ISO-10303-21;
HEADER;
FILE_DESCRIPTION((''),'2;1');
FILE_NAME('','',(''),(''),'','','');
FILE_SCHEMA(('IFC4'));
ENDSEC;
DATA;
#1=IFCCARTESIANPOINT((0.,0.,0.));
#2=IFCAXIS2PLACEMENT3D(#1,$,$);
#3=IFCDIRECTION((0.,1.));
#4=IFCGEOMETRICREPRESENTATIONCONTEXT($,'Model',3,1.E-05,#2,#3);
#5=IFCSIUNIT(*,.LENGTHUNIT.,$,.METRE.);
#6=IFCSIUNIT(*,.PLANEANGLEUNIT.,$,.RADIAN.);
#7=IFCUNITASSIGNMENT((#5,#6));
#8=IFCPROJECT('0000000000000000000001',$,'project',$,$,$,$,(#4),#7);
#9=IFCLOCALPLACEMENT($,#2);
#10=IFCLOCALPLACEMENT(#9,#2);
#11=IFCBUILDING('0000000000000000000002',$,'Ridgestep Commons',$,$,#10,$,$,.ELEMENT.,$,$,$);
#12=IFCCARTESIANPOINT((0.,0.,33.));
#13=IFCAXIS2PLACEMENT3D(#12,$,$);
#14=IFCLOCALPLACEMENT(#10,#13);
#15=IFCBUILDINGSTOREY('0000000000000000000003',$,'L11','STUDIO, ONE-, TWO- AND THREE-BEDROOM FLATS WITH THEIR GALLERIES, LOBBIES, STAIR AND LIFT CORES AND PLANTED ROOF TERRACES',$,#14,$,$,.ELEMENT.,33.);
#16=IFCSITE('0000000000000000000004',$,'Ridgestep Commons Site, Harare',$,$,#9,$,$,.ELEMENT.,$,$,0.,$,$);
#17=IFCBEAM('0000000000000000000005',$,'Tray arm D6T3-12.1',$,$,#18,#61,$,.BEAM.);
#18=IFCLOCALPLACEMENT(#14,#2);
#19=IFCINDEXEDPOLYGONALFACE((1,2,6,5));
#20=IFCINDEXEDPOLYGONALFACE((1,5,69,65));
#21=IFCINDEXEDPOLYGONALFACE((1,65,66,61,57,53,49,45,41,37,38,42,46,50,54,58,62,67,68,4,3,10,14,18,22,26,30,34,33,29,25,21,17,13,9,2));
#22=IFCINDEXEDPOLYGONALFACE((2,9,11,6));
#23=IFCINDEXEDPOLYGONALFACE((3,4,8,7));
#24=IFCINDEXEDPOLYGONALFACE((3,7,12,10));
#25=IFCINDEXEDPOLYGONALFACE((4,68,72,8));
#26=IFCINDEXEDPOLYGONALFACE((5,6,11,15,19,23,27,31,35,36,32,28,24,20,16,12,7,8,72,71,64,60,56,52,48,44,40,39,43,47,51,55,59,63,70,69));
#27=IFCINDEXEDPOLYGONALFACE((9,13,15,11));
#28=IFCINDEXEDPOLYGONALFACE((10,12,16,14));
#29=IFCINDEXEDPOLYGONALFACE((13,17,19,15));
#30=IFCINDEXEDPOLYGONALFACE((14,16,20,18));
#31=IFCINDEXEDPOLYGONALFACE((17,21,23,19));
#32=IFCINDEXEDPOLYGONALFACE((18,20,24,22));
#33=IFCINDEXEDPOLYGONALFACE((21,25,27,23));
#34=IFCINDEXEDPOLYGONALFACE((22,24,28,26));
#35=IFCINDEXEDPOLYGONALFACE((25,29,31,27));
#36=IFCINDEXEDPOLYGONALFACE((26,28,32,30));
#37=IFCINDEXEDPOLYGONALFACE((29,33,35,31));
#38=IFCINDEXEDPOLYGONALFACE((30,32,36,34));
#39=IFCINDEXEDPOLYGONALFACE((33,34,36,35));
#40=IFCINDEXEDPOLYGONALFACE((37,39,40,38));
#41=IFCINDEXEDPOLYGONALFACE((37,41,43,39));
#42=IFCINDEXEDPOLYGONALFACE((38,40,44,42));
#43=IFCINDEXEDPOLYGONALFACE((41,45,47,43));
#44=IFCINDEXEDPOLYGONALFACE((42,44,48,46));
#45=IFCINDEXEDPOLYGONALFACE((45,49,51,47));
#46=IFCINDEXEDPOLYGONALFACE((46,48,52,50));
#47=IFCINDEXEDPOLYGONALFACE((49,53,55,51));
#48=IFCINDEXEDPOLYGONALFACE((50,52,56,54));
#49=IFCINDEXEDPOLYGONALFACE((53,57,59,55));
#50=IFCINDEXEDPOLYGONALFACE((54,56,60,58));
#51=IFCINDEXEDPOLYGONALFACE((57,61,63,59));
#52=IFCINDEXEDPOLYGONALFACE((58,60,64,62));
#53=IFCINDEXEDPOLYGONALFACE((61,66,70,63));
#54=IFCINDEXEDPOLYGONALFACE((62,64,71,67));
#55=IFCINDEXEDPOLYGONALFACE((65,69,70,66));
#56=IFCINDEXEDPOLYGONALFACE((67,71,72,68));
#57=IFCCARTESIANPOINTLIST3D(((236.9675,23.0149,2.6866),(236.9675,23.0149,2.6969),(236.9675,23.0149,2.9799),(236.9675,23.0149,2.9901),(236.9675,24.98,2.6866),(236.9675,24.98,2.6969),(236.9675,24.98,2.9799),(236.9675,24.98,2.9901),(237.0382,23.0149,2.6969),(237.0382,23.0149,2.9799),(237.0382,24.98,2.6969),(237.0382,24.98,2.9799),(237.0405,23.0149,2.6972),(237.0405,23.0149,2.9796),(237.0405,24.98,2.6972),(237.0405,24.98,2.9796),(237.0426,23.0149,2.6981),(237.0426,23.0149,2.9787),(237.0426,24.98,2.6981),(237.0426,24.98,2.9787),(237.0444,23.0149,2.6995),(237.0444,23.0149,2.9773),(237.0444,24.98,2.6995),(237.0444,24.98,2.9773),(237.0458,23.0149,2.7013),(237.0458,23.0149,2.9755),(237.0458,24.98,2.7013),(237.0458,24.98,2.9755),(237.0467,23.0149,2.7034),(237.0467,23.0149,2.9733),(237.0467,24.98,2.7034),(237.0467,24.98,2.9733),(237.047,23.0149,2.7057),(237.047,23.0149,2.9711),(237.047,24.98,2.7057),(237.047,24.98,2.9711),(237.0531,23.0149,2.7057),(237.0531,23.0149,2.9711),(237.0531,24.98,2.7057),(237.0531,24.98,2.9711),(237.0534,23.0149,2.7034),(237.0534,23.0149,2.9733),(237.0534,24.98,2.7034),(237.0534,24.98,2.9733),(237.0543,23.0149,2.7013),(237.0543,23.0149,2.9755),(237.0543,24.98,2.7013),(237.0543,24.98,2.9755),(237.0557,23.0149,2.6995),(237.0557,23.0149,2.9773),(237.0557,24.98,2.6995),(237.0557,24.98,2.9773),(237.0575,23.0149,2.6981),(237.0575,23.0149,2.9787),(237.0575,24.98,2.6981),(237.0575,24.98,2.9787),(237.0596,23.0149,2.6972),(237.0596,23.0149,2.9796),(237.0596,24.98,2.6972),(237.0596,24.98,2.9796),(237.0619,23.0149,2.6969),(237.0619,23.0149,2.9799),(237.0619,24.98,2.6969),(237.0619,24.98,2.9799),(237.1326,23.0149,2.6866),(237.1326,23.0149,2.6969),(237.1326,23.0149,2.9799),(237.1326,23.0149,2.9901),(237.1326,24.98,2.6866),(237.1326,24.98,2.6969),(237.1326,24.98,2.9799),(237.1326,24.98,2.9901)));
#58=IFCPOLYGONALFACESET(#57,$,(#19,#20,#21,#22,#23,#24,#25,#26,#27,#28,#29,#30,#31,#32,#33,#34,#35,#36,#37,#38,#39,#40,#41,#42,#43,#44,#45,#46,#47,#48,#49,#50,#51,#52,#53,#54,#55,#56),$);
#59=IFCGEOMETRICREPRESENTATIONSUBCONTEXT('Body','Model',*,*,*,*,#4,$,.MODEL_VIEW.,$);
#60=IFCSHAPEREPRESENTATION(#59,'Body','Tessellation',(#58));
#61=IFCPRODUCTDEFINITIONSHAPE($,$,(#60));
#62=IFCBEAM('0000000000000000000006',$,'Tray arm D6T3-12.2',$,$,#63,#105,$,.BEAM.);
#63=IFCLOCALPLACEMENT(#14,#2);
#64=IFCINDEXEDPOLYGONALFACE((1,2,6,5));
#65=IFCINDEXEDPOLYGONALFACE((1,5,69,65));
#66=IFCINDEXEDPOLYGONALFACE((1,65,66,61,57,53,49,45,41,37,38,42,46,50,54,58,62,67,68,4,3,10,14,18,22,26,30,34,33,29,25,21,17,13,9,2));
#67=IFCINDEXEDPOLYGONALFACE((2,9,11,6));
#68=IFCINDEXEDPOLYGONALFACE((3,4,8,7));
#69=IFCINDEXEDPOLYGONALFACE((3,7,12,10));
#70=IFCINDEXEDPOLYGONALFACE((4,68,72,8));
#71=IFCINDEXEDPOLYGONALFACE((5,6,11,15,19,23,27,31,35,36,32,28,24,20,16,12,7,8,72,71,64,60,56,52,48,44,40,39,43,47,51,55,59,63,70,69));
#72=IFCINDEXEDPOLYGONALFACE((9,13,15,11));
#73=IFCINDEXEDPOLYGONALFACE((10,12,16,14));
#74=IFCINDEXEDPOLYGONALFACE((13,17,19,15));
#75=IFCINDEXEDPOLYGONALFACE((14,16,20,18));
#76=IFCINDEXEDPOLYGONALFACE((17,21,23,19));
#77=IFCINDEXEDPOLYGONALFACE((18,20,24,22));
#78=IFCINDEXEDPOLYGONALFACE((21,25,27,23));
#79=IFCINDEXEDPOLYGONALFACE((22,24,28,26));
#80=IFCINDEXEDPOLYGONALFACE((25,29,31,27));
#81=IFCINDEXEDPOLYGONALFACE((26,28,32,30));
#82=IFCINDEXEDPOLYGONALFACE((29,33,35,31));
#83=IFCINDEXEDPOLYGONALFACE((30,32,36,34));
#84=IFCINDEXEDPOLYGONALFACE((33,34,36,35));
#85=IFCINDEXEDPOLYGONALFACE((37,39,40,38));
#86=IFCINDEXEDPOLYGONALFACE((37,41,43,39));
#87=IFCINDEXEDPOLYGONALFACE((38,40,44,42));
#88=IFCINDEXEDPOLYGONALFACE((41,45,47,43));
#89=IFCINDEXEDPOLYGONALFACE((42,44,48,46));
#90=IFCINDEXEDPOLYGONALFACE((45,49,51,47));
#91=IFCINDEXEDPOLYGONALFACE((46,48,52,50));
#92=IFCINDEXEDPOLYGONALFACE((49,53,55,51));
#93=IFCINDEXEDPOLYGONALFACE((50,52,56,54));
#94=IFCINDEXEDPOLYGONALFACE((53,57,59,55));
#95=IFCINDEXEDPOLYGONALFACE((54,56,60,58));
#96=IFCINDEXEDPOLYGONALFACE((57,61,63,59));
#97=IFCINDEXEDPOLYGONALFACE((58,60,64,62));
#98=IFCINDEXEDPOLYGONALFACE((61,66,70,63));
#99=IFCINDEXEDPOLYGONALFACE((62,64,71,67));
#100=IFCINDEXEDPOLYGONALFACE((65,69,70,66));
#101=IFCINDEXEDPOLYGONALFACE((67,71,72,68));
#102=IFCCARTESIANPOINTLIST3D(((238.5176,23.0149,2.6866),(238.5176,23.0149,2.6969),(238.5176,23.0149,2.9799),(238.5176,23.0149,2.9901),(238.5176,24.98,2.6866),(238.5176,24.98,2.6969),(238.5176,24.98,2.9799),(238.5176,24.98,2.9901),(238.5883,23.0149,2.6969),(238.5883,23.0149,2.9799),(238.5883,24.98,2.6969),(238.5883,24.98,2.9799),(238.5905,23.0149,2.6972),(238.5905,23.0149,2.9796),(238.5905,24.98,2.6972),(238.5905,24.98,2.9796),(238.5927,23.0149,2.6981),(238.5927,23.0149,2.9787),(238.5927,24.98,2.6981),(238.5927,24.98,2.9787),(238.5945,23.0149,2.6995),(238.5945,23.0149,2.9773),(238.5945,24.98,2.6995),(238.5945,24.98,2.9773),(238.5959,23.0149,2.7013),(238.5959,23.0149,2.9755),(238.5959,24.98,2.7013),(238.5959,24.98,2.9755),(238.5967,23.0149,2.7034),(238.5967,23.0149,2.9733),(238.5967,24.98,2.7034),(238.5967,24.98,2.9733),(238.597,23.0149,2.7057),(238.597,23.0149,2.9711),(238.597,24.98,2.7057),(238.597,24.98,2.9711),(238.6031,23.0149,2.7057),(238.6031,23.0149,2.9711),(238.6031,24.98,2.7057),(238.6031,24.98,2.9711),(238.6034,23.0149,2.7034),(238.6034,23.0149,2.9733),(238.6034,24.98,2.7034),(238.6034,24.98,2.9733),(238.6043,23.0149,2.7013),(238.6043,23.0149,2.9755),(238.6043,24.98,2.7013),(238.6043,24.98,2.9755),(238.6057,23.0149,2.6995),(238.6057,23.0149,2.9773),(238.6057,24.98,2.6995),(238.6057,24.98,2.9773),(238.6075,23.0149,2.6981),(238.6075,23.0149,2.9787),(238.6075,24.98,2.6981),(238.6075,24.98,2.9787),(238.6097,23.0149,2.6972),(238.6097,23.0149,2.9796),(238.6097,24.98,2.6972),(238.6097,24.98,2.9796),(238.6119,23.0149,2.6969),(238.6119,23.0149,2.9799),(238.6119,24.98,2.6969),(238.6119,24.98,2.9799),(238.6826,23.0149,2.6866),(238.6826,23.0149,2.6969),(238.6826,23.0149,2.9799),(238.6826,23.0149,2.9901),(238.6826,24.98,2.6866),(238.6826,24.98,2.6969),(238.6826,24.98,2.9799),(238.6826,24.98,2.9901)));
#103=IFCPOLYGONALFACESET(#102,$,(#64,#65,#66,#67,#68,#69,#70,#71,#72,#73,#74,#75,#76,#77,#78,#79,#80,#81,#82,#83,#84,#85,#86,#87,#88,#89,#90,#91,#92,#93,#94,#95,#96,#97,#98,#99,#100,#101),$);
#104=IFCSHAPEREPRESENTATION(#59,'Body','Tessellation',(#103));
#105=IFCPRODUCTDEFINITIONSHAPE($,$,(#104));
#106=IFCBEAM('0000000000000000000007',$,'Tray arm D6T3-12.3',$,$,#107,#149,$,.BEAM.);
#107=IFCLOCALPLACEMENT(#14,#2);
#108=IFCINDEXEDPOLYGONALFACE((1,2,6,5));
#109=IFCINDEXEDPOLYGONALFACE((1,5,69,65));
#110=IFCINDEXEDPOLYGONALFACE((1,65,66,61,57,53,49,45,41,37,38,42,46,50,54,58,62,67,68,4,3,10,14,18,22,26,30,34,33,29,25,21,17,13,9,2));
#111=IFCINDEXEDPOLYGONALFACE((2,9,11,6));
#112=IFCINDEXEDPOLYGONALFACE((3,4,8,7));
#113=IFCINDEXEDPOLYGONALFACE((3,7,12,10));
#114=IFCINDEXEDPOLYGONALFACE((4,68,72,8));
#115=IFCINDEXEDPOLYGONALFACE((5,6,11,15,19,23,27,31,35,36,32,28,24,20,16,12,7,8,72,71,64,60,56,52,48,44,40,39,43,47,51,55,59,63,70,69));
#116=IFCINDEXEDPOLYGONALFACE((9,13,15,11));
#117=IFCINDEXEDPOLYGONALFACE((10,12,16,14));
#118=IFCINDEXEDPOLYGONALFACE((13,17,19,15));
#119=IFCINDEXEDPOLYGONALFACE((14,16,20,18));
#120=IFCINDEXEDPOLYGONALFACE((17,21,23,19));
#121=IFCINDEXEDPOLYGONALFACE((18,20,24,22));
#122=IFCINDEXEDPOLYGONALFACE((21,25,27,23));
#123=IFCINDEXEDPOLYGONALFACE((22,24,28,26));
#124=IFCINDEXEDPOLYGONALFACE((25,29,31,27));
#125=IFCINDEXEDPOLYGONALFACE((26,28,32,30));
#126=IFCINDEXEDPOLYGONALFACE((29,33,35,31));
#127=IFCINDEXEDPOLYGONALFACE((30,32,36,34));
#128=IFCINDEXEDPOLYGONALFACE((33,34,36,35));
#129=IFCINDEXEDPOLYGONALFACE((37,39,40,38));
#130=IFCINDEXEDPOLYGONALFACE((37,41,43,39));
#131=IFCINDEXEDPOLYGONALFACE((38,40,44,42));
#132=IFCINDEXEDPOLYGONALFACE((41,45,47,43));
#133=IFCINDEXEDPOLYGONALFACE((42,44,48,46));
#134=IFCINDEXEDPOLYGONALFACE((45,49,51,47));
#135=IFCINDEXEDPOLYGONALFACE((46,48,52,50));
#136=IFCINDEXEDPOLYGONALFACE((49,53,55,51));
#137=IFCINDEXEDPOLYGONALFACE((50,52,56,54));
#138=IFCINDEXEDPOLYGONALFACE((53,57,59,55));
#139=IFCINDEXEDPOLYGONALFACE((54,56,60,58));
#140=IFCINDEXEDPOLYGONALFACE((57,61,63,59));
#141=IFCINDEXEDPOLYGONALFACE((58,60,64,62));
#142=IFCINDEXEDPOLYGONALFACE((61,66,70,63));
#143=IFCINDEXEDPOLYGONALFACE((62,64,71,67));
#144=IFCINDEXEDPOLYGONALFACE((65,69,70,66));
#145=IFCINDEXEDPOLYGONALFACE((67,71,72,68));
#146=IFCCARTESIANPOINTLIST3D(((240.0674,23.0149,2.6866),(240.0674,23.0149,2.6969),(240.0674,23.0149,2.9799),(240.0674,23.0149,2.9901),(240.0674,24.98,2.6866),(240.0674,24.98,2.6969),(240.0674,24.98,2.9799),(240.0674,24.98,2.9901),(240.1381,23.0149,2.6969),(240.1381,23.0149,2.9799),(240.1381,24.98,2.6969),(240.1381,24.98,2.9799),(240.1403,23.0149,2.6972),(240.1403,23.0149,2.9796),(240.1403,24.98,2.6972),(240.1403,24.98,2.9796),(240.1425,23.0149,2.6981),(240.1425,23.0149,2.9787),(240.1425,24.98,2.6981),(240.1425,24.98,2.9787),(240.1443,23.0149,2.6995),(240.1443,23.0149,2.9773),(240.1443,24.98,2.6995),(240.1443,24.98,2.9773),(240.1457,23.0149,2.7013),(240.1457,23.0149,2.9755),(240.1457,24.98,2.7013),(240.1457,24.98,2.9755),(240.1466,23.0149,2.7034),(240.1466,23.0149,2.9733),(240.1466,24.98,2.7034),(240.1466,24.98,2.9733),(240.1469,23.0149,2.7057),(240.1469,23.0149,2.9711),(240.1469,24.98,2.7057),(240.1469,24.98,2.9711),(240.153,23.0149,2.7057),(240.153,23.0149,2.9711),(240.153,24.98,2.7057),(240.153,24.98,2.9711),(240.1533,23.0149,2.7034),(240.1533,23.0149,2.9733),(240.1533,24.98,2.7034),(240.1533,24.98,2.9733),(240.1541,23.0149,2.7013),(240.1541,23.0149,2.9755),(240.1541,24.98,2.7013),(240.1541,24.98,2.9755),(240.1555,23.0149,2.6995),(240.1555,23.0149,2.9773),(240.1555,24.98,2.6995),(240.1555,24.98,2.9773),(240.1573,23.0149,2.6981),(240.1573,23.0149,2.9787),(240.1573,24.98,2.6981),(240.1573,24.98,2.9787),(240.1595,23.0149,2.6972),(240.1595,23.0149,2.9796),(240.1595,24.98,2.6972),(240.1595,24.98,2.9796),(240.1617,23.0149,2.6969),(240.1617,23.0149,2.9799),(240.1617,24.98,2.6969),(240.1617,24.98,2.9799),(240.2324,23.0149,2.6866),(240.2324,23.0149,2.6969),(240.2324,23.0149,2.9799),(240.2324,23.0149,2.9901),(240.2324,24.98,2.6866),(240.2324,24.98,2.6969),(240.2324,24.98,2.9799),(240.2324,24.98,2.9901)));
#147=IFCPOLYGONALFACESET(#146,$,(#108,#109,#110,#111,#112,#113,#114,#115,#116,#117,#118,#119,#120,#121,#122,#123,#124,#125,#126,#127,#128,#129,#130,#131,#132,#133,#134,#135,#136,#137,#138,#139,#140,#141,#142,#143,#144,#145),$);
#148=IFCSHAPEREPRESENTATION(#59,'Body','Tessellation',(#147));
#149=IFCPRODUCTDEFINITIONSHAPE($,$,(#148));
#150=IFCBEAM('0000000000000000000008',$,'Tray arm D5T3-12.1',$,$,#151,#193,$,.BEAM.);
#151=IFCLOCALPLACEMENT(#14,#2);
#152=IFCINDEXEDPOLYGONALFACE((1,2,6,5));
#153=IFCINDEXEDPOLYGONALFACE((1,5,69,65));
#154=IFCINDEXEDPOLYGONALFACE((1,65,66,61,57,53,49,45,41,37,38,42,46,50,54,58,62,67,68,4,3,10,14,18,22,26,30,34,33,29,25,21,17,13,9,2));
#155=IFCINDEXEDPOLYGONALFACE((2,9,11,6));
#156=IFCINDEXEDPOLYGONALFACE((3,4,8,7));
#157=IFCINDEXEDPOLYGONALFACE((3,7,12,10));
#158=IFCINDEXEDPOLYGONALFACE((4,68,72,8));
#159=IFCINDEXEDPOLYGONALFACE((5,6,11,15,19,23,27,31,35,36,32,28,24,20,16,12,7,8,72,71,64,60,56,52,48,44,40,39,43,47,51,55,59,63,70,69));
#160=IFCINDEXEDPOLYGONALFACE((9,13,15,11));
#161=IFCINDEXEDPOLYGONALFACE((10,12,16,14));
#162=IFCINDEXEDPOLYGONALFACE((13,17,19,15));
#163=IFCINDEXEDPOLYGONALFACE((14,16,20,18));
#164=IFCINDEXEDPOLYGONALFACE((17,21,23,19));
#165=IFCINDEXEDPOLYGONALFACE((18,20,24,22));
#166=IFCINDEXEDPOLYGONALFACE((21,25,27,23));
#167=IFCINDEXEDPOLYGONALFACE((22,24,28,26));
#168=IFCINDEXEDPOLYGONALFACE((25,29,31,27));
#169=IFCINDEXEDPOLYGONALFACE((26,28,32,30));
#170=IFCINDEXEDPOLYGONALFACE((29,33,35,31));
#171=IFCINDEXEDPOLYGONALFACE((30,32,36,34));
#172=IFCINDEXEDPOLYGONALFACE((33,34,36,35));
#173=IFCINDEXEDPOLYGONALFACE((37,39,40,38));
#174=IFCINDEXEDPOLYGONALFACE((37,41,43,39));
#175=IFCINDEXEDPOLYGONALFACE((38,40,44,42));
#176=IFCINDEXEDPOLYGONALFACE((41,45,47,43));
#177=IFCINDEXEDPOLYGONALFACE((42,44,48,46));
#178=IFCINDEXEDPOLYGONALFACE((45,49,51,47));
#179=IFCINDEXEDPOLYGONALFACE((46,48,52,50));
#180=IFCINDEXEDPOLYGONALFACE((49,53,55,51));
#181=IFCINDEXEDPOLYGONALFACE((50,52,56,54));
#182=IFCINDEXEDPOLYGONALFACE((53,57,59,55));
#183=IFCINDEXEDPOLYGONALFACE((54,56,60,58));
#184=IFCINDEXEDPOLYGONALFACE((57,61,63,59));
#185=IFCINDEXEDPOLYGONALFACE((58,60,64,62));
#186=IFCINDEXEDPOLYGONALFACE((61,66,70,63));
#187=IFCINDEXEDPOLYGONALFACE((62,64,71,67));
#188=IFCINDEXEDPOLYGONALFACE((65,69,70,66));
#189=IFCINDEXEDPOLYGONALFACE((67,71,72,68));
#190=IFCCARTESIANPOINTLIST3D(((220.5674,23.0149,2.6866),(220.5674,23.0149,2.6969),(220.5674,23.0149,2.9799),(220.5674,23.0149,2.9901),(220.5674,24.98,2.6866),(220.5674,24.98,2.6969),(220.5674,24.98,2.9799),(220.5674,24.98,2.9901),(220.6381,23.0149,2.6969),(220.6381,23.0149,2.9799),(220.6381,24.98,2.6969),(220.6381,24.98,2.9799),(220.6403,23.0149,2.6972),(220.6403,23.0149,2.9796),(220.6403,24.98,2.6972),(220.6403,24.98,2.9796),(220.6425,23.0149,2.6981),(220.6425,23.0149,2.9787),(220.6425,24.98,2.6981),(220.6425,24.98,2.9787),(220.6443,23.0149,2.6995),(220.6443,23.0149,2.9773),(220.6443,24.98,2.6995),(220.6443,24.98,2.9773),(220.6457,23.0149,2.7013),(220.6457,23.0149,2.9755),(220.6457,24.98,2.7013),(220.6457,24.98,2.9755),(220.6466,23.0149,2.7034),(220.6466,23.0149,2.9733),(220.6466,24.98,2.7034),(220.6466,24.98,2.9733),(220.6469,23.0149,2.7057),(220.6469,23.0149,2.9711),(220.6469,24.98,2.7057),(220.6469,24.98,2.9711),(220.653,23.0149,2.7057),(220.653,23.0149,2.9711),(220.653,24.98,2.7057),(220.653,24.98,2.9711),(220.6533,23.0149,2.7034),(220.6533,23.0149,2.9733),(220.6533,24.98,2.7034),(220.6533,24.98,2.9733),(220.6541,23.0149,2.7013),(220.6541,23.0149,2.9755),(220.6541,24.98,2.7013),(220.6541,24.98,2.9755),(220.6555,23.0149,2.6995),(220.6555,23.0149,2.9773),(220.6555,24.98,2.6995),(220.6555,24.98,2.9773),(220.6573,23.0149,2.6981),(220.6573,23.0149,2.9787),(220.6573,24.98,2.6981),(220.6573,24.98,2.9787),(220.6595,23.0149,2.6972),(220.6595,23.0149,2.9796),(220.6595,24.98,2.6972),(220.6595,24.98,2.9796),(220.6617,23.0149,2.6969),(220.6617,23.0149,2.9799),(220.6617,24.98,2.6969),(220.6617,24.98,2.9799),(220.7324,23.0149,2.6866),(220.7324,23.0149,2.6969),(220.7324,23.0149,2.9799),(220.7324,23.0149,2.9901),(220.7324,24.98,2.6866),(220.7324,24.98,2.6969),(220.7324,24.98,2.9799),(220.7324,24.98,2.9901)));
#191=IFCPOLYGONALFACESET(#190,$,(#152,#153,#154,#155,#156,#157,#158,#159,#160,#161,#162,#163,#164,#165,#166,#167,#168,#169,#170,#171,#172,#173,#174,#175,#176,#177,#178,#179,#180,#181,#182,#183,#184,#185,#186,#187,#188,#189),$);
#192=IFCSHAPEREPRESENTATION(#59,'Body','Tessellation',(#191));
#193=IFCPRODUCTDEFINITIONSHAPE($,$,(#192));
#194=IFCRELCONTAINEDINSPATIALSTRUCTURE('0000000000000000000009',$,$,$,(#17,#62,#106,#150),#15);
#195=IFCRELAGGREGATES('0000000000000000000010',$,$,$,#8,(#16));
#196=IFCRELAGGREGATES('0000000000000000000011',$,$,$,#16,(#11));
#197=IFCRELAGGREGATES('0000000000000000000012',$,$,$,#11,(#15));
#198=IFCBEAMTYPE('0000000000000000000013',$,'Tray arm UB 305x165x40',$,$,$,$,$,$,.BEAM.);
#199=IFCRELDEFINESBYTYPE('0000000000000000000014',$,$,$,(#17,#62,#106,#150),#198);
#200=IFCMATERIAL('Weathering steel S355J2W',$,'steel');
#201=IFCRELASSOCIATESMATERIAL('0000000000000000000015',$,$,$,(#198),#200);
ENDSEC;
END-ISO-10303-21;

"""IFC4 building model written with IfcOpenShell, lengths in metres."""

from ifc_helpers import new_model, si_unit, direction, frame, origin, origin_2d, place, context, subcontext, project, spatial, i_section, extrude, material, material_profile, profile_set, type_object, element, save


model = new_model("IFC4")

# Units and contexts
model_context = context("Model", 3, precision=1e-05, world=origin(), true_north=direction((0.0, 1.0)))
body_context = subcontext(model_context, "Body", "Model", "MODEL_VIEW")
ifc_project = project(units=[si_unit("LENGTHUNIT", "METRE"), si_unit("PLANEANGLEUNIT", "RADIAN")], contexts=[model_context])

# Site, building, storey
site_placement = place(None, origin())
site = spatial("IfcSite", under=ifc_project, at=site_placement, Name="Ridgestep Commons Site, Harare", CompositionType="ELEMENT", RefElevation=0.0)
building_placement = place(site_placement, origin())
building = spatial("IfcBuilding", under=site, at=building_placement, Name="Ridgestep Commons", CompositionType="ELEMENT")
storey_placement = place(building_placement, frame((0.0, 0.0, 33.0)))
storey = spatial("IfcBuildingStorey", under=building, at=storey_placement, Name="L11", Description="STUDIO, ONE-, TWO- AND THREE-BEDROOM FLATS WITH THEIR GALLERIES, LOBBIES, STAIR AND LIFT CORES AND PLANTED ROOF TERRACES", CompositionType="ELEMENT", Elevation=33.0)

# Beams
ifc_material_1 = material(Name="Weathering steel S355J2W", Category="steel")
ifc_material_profile_1 = material_profile(ifc_material_1, i_section(OverallWidth=0.165, OverallDepth=0.3035, WebThickness=0.0061, FlangeThickness=0.0103, FilletRadius=0.0088, at=origin_2d()), Name="UB 305x165x40")
ifc_profile_set_1 = profile_set([ifc_material_profile_1], Name="Weathering steel S355J2W")
beam_type_1 = type_object("IfcBeamType", Name="Tray arm UB 305x165x40", PredefinedType="BEAM", material=ifc_profile_set_1)
for number, where, z_axis, x_axis, name in (
    (1, (237.05, 23.0149, 2.8384), (0.0, 1.0, 0.0), (-1.0, 0.0, 0.0), "Tray arm D6T3-12.1"),
    (2, (238.6001, 23.0149, 2.8384), (0.0, 1.0, 0.0), (-1.0, 0.0, 0.0), "Tray arm D6T3-12.2"),
    (3, (240.1499, 23.0149, 2.8384), (0.0, 1.0, 0.0), (-1.0, 0.0, 0.0), "Tray arm D6T3-12.3"),
    (4, (220.6499, 23.0149, 2.8384), (0.0, 1.0, 0.0), (-1.0, 0.0, 0.0), "Tray arm D5T3-12.1"),
):
    element("IfcBeam", number, at=place(storey_placement, frame(where, z_axis=z_axis, x_axis=x_axis)), inside=storey, type_object=beam_type_1, Name=name, PredefinedType="BEAM", context=body_context, shape_type="SweptSolid", body=[
        extrude(i_section(OverallWidth=0.165, OverallDepth=0.3035, WebThickness=0.0061, FlangeThickness=0.0103, FilletRadius=0.0088, at=origin_2d()), origin(), (0.0, 0.0, 1.0), 1.9651),
    ])

save(model, "model.ifc")
